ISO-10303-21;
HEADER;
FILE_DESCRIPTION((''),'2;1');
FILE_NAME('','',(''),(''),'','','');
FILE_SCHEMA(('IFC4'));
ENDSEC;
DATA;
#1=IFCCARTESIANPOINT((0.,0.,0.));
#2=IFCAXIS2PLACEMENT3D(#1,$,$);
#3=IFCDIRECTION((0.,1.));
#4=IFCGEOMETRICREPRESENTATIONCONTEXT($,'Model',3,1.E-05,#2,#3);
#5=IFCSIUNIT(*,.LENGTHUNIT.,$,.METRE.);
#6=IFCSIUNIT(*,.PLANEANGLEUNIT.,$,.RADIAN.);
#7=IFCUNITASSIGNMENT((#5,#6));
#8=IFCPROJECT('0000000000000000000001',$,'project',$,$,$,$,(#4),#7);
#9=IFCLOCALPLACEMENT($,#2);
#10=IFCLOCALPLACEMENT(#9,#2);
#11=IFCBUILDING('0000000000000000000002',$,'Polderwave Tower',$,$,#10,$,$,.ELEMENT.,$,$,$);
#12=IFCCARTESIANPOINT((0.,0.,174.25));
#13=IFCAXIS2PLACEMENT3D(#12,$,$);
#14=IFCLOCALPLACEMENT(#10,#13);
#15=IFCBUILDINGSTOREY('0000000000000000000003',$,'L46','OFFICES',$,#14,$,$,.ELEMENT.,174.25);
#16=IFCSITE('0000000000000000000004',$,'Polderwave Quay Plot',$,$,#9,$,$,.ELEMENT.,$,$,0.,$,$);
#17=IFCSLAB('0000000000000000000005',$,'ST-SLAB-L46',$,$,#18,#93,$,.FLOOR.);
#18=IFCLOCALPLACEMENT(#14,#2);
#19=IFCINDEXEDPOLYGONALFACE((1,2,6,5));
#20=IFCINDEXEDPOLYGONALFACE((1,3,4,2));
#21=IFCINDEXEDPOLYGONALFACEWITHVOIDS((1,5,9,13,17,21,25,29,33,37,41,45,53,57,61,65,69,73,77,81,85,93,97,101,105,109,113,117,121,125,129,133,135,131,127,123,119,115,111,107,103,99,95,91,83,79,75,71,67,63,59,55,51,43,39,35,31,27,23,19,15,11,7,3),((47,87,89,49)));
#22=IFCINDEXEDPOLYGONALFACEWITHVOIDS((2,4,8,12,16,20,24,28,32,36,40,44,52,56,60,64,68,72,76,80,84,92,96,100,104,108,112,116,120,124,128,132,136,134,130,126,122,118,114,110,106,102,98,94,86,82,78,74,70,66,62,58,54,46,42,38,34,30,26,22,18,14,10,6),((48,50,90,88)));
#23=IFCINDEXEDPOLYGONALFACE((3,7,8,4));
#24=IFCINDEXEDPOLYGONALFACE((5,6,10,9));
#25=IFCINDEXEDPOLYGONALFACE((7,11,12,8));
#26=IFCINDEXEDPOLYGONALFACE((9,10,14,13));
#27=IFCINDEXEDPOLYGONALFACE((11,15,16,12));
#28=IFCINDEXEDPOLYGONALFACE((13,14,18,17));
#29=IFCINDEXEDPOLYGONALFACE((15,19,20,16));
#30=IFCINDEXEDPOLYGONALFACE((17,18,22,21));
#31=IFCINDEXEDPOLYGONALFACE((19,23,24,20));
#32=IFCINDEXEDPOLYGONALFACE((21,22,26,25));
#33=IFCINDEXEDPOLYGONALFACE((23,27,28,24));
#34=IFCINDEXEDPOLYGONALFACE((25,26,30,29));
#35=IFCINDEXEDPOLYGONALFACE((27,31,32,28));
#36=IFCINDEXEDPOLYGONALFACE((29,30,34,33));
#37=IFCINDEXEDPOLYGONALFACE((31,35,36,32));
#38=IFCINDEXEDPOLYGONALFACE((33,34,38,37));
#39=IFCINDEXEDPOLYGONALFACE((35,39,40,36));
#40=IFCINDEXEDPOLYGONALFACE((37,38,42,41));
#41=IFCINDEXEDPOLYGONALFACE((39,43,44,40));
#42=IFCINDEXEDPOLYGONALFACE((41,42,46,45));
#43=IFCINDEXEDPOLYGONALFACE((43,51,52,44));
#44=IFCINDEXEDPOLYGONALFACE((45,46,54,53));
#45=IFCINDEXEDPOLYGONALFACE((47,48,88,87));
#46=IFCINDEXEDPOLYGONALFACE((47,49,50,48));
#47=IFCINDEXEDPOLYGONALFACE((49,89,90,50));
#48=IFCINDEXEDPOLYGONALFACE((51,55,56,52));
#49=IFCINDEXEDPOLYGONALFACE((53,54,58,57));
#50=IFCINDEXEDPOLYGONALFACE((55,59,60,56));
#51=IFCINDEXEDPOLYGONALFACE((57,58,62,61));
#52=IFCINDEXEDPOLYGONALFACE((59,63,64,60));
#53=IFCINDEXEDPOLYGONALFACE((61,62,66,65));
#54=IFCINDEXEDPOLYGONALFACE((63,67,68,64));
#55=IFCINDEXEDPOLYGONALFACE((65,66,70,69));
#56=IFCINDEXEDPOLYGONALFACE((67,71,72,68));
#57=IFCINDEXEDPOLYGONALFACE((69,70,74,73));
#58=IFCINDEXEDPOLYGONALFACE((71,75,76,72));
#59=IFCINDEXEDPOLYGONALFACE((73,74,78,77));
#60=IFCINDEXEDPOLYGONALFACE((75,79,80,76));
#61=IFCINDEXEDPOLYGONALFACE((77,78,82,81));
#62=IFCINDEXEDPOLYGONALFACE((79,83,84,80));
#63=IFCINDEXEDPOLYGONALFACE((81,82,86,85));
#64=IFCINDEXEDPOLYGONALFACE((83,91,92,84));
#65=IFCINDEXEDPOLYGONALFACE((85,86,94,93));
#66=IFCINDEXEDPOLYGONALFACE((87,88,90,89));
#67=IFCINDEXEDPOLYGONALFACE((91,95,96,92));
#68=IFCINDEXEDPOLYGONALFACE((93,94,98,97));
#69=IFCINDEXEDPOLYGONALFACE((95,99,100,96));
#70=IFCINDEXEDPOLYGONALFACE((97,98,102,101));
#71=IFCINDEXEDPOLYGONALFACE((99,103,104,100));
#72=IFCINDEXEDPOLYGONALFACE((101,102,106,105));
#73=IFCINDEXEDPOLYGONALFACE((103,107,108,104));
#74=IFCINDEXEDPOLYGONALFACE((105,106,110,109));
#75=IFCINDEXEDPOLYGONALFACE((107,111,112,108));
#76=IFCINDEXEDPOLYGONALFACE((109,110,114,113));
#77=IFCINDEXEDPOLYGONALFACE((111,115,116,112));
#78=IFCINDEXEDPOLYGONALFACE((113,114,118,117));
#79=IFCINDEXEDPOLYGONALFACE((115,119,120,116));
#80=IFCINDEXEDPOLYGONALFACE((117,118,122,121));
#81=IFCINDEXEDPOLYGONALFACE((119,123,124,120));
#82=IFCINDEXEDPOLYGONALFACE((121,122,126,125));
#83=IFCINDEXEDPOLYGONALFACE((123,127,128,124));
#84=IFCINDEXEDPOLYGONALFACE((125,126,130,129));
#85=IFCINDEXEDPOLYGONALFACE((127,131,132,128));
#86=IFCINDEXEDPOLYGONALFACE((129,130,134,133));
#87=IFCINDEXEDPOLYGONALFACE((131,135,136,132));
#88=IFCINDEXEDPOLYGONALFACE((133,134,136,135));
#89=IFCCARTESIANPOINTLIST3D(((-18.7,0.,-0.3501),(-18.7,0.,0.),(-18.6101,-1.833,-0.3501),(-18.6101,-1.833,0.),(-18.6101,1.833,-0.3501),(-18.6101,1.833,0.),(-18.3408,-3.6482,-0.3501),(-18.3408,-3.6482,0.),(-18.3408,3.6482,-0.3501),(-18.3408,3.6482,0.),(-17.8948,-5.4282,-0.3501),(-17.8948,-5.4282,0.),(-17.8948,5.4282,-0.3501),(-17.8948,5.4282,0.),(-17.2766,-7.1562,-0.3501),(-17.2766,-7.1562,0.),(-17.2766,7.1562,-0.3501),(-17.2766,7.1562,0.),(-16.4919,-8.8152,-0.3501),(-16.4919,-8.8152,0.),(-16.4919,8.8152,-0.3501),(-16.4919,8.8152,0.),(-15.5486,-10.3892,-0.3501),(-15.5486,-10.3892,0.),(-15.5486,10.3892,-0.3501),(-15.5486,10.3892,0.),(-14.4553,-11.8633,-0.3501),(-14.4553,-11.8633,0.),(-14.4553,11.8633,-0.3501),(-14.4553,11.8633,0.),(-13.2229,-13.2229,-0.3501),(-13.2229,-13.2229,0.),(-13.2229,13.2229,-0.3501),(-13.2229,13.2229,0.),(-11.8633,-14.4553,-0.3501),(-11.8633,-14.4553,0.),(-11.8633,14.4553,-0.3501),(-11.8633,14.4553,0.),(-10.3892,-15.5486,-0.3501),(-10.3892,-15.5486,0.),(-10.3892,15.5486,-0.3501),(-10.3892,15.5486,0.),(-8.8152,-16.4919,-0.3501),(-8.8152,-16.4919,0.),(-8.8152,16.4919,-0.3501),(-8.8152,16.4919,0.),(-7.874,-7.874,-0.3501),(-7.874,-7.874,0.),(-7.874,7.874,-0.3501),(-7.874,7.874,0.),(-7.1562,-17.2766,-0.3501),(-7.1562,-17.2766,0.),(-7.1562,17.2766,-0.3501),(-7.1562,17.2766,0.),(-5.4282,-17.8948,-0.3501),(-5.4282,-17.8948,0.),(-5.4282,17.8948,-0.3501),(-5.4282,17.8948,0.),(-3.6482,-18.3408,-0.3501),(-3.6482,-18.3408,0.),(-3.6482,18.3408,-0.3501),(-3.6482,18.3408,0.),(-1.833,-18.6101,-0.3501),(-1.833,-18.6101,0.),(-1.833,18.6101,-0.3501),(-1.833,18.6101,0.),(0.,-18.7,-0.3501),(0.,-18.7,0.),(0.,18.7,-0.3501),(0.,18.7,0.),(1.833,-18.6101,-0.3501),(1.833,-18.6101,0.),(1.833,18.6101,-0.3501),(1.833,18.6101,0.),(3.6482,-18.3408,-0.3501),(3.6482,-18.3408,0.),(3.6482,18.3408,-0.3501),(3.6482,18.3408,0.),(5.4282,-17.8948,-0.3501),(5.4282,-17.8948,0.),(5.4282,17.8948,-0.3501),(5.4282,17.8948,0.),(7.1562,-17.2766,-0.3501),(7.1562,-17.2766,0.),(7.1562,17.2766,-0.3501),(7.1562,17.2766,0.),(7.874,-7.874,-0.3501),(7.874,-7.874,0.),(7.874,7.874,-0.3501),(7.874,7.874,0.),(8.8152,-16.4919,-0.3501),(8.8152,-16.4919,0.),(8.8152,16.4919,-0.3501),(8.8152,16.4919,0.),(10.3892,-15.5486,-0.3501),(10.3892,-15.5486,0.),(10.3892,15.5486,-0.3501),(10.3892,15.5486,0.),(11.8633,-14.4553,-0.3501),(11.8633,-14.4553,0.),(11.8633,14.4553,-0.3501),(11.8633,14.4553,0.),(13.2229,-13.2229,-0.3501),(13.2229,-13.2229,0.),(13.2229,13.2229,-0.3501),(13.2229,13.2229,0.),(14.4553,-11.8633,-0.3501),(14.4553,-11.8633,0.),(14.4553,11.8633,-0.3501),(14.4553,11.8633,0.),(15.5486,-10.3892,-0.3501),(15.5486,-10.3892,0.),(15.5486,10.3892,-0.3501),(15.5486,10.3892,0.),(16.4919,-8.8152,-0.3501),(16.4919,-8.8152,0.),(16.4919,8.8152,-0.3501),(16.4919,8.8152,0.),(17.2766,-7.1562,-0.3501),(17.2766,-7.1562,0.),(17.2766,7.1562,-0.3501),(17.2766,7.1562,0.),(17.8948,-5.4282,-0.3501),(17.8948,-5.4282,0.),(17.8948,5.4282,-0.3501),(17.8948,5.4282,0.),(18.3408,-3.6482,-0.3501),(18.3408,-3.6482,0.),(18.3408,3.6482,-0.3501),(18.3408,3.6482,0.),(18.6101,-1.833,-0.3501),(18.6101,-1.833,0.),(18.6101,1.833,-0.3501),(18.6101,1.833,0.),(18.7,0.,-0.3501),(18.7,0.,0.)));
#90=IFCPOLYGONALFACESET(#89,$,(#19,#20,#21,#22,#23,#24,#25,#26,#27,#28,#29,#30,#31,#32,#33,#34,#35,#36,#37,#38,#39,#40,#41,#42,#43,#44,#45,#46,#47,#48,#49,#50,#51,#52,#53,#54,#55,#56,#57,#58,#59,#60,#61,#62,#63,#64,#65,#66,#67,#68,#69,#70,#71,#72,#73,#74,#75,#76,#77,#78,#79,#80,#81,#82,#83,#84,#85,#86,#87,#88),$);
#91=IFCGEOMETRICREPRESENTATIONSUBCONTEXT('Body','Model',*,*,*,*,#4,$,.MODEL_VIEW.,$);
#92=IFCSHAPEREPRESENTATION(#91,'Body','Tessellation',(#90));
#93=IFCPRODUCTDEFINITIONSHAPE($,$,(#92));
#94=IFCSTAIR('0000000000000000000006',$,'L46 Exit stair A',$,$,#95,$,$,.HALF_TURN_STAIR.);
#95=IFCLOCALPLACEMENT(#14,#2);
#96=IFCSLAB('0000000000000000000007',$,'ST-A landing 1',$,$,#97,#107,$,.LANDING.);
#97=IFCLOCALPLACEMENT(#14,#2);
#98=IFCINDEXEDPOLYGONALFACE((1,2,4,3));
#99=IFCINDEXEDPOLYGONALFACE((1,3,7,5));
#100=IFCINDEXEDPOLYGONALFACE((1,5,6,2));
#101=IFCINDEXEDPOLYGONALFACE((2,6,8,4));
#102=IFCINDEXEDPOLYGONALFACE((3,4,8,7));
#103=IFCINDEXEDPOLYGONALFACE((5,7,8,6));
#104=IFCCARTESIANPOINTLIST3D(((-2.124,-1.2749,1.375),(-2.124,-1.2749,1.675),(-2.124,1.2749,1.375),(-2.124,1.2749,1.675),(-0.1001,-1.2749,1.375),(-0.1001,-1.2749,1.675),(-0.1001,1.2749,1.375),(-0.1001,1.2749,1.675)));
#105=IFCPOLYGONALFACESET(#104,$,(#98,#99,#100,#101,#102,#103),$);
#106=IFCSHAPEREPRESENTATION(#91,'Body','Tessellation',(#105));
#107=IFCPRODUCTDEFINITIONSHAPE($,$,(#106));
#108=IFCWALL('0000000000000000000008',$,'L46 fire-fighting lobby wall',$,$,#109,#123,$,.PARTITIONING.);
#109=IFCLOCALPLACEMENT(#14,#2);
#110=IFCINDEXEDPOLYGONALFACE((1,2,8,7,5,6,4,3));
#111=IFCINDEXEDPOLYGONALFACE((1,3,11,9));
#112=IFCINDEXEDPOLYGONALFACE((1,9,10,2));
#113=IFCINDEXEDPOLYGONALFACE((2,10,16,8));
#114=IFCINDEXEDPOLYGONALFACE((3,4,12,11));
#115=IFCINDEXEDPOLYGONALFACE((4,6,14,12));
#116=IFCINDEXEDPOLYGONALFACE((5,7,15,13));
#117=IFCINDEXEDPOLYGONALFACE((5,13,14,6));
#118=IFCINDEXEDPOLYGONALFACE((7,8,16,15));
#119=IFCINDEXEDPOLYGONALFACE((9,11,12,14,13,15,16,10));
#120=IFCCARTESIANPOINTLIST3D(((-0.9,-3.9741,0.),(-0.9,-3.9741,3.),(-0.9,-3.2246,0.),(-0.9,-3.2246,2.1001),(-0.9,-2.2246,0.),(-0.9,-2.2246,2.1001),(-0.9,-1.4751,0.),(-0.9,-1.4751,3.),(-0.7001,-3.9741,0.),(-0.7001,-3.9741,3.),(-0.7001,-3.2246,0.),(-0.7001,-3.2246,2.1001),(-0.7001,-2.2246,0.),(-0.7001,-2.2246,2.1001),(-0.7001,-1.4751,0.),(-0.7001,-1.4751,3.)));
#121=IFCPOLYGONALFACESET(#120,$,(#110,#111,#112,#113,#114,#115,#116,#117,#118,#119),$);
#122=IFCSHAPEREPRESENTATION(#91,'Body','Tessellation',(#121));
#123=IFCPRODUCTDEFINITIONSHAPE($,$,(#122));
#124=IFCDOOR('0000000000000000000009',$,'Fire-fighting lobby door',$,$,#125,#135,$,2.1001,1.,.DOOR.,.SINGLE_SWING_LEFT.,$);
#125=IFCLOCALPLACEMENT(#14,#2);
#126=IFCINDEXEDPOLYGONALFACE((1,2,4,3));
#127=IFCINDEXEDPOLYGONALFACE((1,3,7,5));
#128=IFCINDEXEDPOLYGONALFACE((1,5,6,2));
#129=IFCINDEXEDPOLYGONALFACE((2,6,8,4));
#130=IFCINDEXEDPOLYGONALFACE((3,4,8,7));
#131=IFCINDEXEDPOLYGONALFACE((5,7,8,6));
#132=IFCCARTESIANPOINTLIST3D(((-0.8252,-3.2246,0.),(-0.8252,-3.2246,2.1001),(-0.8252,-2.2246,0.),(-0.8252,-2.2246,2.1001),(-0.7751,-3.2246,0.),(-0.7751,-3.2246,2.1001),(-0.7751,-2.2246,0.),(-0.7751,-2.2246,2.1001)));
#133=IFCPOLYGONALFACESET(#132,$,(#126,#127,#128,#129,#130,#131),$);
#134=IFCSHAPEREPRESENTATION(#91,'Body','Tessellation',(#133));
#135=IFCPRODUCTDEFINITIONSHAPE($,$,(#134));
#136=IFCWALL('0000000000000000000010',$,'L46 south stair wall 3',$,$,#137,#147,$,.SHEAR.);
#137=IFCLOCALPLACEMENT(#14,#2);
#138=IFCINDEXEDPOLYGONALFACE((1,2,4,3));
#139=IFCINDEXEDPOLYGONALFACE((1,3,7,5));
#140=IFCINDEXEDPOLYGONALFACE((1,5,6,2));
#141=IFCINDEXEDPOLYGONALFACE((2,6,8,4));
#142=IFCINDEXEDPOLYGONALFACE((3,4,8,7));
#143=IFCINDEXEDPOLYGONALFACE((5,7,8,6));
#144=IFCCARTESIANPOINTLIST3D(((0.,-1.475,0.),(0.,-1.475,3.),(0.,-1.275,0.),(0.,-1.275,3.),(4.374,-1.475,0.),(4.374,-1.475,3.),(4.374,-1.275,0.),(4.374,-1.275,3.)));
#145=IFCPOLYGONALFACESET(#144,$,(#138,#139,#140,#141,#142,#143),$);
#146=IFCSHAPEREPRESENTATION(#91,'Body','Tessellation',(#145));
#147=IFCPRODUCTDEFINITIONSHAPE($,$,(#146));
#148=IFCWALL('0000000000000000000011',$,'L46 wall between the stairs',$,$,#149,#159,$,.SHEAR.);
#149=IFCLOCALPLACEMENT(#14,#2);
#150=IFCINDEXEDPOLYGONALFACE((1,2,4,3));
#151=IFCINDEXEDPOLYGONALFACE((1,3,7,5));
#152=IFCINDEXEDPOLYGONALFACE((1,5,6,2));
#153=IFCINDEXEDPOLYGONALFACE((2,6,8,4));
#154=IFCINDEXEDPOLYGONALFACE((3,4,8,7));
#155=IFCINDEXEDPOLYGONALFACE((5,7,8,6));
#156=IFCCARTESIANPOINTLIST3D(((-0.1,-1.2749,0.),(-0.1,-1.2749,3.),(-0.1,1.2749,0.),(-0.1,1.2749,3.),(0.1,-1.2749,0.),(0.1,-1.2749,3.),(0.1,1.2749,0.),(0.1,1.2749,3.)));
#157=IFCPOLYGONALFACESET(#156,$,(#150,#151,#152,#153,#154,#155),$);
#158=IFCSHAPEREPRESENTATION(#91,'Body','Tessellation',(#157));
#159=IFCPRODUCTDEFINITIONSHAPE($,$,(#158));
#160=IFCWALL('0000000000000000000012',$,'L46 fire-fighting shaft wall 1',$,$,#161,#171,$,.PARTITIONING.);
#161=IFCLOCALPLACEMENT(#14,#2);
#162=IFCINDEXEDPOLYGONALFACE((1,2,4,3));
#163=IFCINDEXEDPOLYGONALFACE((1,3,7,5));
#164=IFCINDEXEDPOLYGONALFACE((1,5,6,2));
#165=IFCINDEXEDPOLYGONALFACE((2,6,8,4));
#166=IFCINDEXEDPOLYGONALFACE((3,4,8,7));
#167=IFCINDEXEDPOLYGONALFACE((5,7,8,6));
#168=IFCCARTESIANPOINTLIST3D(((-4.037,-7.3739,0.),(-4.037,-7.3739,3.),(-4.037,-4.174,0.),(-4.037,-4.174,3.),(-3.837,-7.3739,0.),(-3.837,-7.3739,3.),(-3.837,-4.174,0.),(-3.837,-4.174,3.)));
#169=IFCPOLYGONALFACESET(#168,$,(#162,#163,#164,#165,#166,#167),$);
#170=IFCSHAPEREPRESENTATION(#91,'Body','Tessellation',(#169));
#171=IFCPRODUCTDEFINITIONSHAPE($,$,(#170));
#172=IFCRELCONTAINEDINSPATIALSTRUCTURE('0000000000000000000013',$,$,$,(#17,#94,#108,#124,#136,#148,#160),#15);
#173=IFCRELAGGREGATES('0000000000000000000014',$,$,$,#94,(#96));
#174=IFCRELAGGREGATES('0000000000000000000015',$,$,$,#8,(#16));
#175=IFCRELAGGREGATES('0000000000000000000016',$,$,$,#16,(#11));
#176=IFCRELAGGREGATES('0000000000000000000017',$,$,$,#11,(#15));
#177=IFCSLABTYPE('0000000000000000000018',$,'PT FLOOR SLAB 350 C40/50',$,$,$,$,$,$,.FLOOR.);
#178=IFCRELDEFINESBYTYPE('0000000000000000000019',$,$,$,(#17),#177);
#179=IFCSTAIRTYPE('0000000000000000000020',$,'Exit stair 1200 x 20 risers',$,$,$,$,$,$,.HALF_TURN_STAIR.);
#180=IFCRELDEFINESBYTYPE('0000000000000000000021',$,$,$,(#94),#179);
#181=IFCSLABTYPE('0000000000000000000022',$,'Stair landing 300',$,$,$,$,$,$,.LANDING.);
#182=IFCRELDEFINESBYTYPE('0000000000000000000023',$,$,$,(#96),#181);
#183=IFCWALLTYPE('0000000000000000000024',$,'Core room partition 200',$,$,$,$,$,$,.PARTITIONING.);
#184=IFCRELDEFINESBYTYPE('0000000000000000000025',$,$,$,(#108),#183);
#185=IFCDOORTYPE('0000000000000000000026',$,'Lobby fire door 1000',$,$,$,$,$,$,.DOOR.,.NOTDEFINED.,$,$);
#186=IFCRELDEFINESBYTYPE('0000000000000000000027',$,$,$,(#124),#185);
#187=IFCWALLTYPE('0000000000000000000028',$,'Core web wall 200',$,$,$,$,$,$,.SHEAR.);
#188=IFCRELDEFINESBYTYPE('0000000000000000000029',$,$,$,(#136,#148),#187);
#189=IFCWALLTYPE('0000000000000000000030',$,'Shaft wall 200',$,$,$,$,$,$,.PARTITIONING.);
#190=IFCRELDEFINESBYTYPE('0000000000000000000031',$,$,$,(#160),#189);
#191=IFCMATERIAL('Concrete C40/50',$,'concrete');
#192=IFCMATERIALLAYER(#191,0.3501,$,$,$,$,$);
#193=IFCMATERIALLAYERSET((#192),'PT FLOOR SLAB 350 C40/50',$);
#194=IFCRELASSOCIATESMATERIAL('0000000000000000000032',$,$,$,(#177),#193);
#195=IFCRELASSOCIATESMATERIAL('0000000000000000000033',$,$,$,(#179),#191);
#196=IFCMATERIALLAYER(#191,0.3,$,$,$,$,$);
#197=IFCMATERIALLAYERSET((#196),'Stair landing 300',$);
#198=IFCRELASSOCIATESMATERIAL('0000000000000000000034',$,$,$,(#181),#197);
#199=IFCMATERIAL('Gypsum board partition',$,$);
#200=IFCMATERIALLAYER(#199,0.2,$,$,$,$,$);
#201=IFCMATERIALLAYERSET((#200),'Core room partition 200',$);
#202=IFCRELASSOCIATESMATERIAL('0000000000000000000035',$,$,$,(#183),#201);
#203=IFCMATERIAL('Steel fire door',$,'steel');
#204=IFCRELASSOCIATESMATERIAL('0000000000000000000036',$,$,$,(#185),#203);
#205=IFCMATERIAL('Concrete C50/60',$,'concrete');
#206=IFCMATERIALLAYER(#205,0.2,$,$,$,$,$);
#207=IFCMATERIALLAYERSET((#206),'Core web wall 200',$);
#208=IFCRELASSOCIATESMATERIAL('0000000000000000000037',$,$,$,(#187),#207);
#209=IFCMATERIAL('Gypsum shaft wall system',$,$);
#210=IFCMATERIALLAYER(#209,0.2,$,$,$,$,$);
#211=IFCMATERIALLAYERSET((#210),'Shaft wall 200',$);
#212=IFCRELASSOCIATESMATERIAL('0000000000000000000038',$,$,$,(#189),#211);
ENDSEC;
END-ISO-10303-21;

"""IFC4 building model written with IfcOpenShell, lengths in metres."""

from ifc_helpers import new_model, si_unit, direction, frame, frame_2d, origin, place, context, subcontext, project, spatial, polyline, rectangle, outline, extrude, material, layer, layer_set, type_object, element, fill, aggregate, save


model = new_model("IFC4")

# Units and contexts
model_context = context("Model", 3, precision=1e-05, world=origin(), true_north=direction((0.0, 1.0)))
body_context = subcontext(model_context, "Body", "Model", "MODEL_VIEW")
ifc_project = project(units=[si_unit("LENGTHUNIT", "METRE"), si_unit("PLANEANGLEUNIT", "RADIAN")], contexts=[model_context])

# Site, building, storey
site_placement = place(None, origin())
site = spatial("IfcSite", under=ifc_project, at=site_placement, Name="Polderwave Quay Plot", CompositionType="ELEMENT", RefElevation=0.0)
building_placement = place(site_placement, origin())
building = spatial("IfcBuilding", under=site, at=building_placement, Name="Polderwave Tower", CompositionType="ELEMENT")
storey_placement = place(building_placement, frame((0.0, 0.0, 174.25)))
storey = spatial("IfcBuildingStorey", under=building, at=storey_placement, Name="L46", Description="OFFICES", CompositionType="ELEMENT", Elevation=174.25)

# Slab
ifc_material_1 = material(Name="Concrete C40/50", Category="concrete")
ifc_layer_1 = layer(ifc_material_1, 0.3501)
ifc_layer_set_1 = layer_set([ifc_layer_1], Name="PT FLOOR SLAB 350 C40/50")
slab_type_1 = type_object("IfcSlabType", Name="PT FLOOR SLAB 350 C40/50", PredefinedType="FLOOR", material=ifc_layer_set_1)
slab_1_placement = place(storey_placement, frame((0.0, 0.0, -0.3501)))
element("IfcSlab", 1, at=slab_1_placement, inside=storey, type_object=slab_type_1, Name="ST-SLAB-L46", PredefinedType="FLOOR", context=body_context, shape_type="SweptSolid", body=[
    extrude(outline(polyline([(18.7, 0.0), (18.6101, 1.833), (18.3408, 3.6482), (17.8948, 5.4282), (17.2766, 7.1562), (16.4919, 8.8152), (15.5486, 10.3892), (14.4553, 11.8633), (13.2229, 13.2229), (11.8633, 14.4553), (10.3892, 15.5486), (8.8152, 16.4919), (7.1562, 17.2766), (5.4282, 17.8948), (3.6482, 18.3408), (1.833, 18.6101), (0.0, 18.7), (-1.833, 18.6101), (-3.6482, 18.3408), (-5.4282, 17.8948), (-7.1562, 17.2766), (-8.8152, 16.4919), (-10.3892, 15.5486), (-11.8633, 14.4553), (-13.2229, 13.2229), (-14.4553, 11.8633), (-15.5486, 10.3892), (-16.4919, 8.8152), (-17.2766, 7.1562), (-17.8948, 5.4282), (-18.3408, 3.6482), (-18.6101, 1.833), (-18.7, 0.0), (-18.6101, -1.833), (-18.3408, -3.6482), (-17.8948, -5.4282), (-17.2766, -7.1562), (-16.4919, -8.8152), (-15.5486, -10.3892), (-14.4553, -11.8633), (-13.2229, -13.2229), (-11.8633, -14.4553), (-10.3892, -15.5486), (-8.8152, -16.4919), (-7.1562, -17.2766), (-5.4282, -17.8948), (-3.6482, -18.3408), (-1.833, -18.6101), (0.0, -18.7), (1.833, -18.6101), (3.6482, -18.3408), (5.4282, -17.8948), (7.1562, -17.2766), (8.8152, -16.4919), (10.3892, -15.5486), (11.8633, -14.4553), (13.2229, -13.2229), (14.4553, -11.8633), (15.5486, -10.3892), (16.4919, -8.8152), (17.2766, -7.1562), (17.8948, -5.4282), (18.3408, -3.6482), (18.6101, -1.833), (18.7, 0.0)]), holes=[polyline([(-7.874, -7.874), (7.874, -7.874), (7.874, 7.874), (-7.874, 7.874), (-7.874, -7.874)])]), origin(), (0.0, 0.0, 1.0), 0.3501),
])

# Stair, slab
stair_type = type_object("IfcStairType", Name="Exit stair 1200 x 20 risers", PredefinedType="HALF_TURN_STAIR", material=ifc_material_1)
stair_placement = place(storey_placement, origin())
stair = element("IfcStair", 2, at=stair_placement, inside=storey, type_object=stair_type, Name="L46 Exit stair A", PredefinedType="HALF_TURN_STAIR")
ifc_layer_2 = layer(ifc_material_1, 0.3)
ifc_layer_set_2 = layer_set([ifc_layer_2], Name="Stair landing 300")
slab_type_2 = type_object("IfcSlabType", Name="Stair landing 300", PredefinedType="LANDING", material=ifc_layer_set_2)
slab_2_placement = place(storey_placement, frame((0.0, 0.0, 1.375)))
slab_2 = element("IfcSlab", 3, at=slab_2_placement, type_object=slab_type_2, Name="ST-A landing 1", PredefinedType="LANDING", context=body_context, shape_type="SweptSolid", body=[
    extrude(outline(polyline([(-2.124, -1.2749), (-0.1001, -1.2749), (-0.1001, 1.2749), (-2.124, 1.2749), (-2.124, -1.2749)])), origin(), (0.0, 0.0, 1.0), 0.3),
])
aggregate(stair, [slab_2])

# Wall, opening, door
ifc_material_2 = material(Name="Gypsum board partition")
ifc_layer_3 = layer(ifc_material_2, 0.2)
ifc_layer_set_3 = layer_set([ifc_layer_3], Name="Core room partition 200")
wall_type_1 = type_object("IfcWallType", Name="Core room partition 200", PredefinedType="PARTITIONING", material=ifc_layer_set_3)
wall_1_placement = place(storey_placement, frame((-0.8, -3.9741, 0.0), z_axis=(0.0, 0.0, 1.0), x_axis=(0.0, 1.0, 0.0)))
wall_1 = element("IfcWall", 4, at=wall_1_placement, inside=storey, type_object=wall_type_1, Name="L46 fire-fighting lobby wall", PredefinedType="PARTITIONING", context=body_context, shape_type="SweptSolid", body=[
    extrude(rectangle(XDim=2.499, YDim=0.2, at=frame_2d((1.2495, 0.0))), origin(), (0.0, 0.0, 1.0), 3.0),
])
opening_placement = place(wall_1_placement, frame((0.7495, 0.0, 0.0)))
opening = element("IfcOpeningElement", 5, at=opening_placement, cuts=wall_1, PredefinedType="OPENING", context=body_context, shape_type="SweptSolid", body=[
    extrude(rectangle(XDim=1.0, YDim=2.1001, at=frame_2d((0.5, 1.05))), frame((0.0, 0.1099, 0.0), z_axis=(0.0, -1.0, 0.0), x_axis=(1.0, 0.0, 0.0)), (0.0, 0.0, 1.0), 0.22),
])
ifc_material_3 = material(Name="Steel fire door", Category="steel")
door_type = type_object("IfcDoorType", Name="Lobby fire door 1000", OperationType="NOTDEFINED", PredefinedType="DOOR", material=ifc_material_3)
door_placement = place(opening_placement, frame((1.0, 0.0, 0.0), z_axis=(0.0, 0.0, 1.0), x_axis=(-1.0, 0.0, 0.0)))
door = element("IfcDoor", 6, at=door_placement, inside=storey, type_object=door_type, Name="Fire-fighting lobby door", OperationType="SINGLE_SWING_LEFT", OverallHeight=2.1001, OverallWidth=1.0, PredefinedType="DOOR", context=body_context, shape_type="SweptSolid", body=[
    extrude(rectangle(XDim=1.0, YDim=2.1001, at=frame_2d((0.5, 1.05))), frame((0.0, 0.0249, 0.0), z_axis=(0.0, -1.0, 0.0), x_axis=(1.0, 0.0, 0.0)), (0.0, 0.0, 1.0), 0.05),
])
fill(opening, door)

# Walls
ifc_material_4 = material(Name="Concrete C50/60", Category="concrete")
ifc_layer_4 = layer(ifc_material_4, 0.2)
ifc_layer_set_4 = layer_set([ifc_layer_4], Name="Core web wall 200")
wall_type_2 = type_object("IfcWallType", Name="Core web wall 200", PredefinedType="SHEAR", material=ifc_layer_set_4)
wall_2_placement = place(storey_placement, frame((0.0, -1.375, 0.0), z_axis=(0.0, 0.0, 1.0), x_axis=(1.0, 0.0, 0.0)))
element("IfcWall", 7, at=wall_2_placement, inside=storey, type_object=wall_type_2, Name="L46 south stair wall 3", PredefinedType="SHEAR", context=body_context, shape_type="SweptSolid", body=[
    extrude(rectangle(XDim=4.374, YDim=0.2, at=frame_2d((2.187, 0.0))), origin(), (0.0, 0.0, 1.0), 3.0),
])
wall_3_placement = place(storey_placement, frame((0.0, -1.2749, 0.0), z_axis=(0.0, 0.0, 1.0), x_axis=(0.0, 1.0, 0.0)))
element("IfcWall", 8, at=wall_3_placement, inside=storey, type_object=wall_type_2, Name="L46 wall between the stairs", PredefinedType="SHEAR", context=body_context, shape_type="SweptSolid", body=[
    extrude(rectangle(XDim=2.5498, YDim=0.2, at=frame_2d((1.2749, 0.0))), origin(), (0.0, 0.0, 1.0), 3.0),
])
ifc_material_5 = material(Name="Gypsum shaft wall system")
ifc_layer_5 = layer(ifc_material_5, 0.2)
ifc_layer_set_5 = layer_set([ifc_layer_5], Name="Shaft wall 200")
wall_type_3 = type_object("IfcWallType", Name="Shaft wall 200", PredefinedType="PARTITIONING", material=ifc_layer_set_5)
for number, where, z_axis, x_axis, name in (
    (9, (-3.937, -7.374, 0.0), (0.0, 0.0, 1.0), (0.0, 1.0, 0.0), "L46 fire-fighting shaft wall 1"),
):
    element("IfcWall", number, at=place(storey_placement, frame(where, z_axis=z_axis, x_axis=x_axis)), inside=storey, type_object=wall_type_3, Name=name, PredefinedType="PARTITIONING", context=body_context, shape_type="SweptSolid", body=[
        extrude(rectangle(XDim=3.2, YDim=0.2, at=frame_2d((1.6001, 0.0))), origin(), (0.0, 0.0, 1.0), 3.0),
    ])

save(model, "model.ifc")
